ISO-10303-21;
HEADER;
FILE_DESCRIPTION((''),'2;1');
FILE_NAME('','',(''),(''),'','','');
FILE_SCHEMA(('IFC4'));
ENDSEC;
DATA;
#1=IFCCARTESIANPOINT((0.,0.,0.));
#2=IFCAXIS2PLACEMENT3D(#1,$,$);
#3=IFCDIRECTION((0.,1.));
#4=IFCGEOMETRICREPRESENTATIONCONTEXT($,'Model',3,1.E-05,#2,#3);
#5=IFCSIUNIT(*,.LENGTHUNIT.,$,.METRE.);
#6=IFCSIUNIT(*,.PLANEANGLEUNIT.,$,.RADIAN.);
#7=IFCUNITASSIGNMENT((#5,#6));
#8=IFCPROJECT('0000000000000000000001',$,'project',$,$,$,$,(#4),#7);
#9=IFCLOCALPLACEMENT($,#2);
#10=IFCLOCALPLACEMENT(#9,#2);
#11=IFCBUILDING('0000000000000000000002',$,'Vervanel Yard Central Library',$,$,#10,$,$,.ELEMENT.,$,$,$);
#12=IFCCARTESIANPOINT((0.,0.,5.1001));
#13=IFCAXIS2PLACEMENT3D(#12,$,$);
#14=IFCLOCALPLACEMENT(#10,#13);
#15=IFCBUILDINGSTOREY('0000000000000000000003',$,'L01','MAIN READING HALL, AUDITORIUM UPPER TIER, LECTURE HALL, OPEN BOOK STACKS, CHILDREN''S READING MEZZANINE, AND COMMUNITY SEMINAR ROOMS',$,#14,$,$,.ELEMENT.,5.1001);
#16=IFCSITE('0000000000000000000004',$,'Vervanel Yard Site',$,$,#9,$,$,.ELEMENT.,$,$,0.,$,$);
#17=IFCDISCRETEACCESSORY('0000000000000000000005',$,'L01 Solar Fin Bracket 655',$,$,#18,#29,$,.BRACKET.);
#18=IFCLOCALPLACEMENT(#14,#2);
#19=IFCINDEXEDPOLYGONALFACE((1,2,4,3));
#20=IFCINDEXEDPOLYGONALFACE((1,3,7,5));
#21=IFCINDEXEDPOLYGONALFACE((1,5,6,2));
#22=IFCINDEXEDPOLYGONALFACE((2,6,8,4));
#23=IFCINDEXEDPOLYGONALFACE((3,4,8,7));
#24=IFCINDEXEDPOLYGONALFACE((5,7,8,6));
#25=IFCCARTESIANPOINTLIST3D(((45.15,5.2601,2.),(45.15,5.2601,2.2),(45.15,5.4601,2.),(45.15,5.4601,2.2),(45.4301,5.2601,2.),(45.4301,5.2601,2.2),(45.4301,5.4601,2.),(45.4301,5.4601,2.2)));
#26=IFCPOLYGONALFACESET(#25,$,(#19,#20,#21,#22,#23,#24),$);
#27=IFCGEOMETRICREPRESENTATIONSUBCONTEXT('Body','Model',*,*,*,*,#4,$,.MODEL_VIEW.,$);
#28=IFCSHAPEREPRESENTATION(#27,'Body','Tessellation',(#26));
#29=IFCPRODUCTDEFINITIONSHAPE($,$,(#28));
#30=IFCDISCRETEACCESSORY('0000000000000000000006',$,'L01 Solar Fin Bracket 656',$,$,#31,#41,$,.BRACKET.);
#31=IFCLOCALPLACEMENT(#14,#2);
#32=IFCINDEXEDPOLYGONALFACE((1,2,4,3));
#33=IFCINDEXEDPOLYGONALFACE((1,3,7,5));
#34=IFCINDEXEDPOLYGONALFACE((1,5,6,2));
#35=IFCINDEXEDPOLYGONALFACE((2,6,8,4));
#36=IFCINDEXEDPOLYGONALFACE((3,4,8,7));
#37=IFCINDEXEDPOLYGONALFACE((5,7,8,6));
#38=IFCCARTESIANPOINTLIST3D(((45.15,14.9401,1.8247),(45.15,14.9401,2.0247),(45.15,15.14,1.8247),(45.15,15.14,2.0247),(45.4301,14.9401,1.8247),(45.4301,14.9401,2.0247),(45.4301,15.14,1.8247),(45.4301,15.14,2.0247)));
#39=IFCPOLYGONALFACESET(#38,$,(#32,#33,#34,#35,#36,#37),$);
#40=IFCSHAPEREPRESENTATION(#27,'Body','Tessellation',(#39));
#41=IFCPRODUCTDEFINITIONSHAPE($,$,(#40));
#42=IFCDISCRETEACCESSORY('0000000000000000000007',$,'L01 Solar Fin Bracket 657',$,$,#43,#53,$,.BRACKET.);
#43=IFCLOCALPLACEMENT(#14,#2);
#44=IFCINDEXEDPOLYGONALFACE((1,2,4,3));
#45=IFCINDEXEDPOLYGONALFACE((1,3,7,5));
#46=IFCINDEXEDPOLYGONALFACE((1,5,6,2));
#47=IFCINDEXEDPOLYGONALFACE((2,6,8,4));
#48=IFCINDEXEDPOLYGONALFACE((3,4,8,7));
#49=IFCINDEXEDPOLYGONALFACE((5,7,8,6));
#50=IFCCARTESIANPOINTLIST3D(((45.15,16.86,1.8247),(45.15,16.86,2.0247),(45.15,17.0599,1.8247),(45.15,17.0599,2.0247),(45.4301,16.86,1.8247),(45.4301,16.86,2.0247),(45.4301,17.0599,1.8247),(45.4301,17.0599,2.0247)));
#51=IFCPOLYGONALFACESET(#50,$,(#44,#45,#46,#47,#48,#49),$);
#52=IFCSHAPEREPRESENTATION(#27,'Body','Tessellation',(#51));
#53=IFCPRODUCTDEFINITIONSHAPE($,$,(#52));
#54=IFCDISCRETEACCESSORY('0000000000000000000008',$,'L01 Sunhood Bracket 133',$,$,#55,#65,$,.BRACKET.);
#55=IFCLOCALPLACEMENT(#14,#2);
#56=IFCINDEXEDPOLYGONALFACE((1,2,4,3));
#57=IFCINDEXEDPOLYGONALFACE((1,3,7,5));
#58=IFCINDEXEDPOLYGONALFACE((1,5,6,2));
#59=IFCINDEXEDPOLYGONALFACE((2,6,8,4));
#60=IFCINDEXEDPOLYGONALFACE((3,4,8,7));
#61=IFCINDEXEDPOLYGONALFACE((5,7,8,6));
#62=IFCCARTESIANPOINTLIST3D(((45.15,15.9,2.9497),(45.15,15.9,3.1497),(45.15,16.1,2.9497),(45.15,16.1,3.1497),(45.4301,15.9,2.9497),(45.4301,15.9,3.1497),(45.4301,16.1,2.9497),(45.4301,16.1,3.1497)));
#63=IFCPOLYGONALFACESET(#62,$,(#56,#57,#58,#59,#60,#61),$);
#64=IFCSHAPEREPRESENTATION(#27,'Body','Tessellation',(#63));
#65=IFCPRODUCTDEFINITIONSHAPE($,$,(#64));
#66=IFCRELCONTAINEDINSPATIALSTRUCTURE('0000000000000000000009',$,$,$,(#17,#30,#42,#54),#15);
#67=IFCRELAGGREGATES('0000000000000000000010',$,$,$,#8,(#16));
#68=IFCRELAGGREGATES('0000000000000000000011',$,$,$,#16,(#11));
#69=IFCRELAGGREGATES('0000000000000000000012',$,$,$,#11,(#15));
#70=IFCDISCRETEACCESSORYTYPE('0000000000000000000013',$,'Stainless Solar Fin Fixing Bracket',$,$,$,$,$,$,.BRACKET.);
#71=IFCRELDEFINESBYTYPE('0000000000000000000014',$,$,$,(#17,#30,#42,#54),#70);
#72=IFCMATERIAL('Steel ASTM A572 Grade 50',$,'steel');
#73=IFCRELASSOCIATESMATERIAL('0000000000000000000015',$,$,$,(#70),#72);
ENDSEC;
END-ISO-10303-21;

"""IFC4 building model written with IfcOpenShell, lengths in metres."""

from ifc_helpers import new_model, si_unit, direction, frame, origin, origin_2d, place, context, subcontext, project, spatial, rectangle, extrude, material, type_object, element, save


model = new_model("IFC4")

# Units and contexts
model_context = context("Model", 3, precision=1e-05, world=origin(), true_north=direction((0.0, 1.0)))
body_context = subcontext(model_context, "Body", "Model", "MODEL_VIEW")
ifc_project = project(units=[si_unit("LENGTHUNIT", "METRE"), si_unit("PLANEANGLEUNIT", "RADIAN")], contexts=[model_context])

# Site, building, storey
site_placement = place(None, origin())
site = spatial("IfcSite", under=ifc_project, at=site_placement, Name="Vervanel Yard Site", CompositionType="ELEMENT", RefElevation=0.0)
building_placement = place(site_placement, origin())
building = spatial("IfcBuilding", under=site, at=building_placement, Name="Vervanel Yard Central Library", CompositionType="ELEMENT")
storey_placement = place(building_placement, frame((0.0, 0.0, 5.1001)))
storey = spatial("IfcBuildingStorey", under=building, at=storey_placement, Name="L01", Description="MAIN READING HALL, AUDITORIUM UPPER TIER, LECTURE HALL, OPEN BOOK STACKS, CHILDREN'S READING MEZZANINE, AND COMMUNITY SEMINAR ROOMS", CompositionType="ELEMENT", Elevation=5.1001)

# Discrete accessories
ifc_material_1 = material(Name="Steel ASTM A572 Grade 50", Category="steel")
discrete_accessory_type = type_object("IfcDiscreteAccessoryType", Name="Stainless Solar Fin Fixing Bracket", PredefinedType="BRACKET", material=ifc_material_1)
for number, where, z_axis, x_axis, name in (
    (1, (45.29, 5.3601, 2.0), (0.0, 0.0, 1.0), (0.0, 1.0, 0.0), "L01 Solar Fin Bracket 655"),
    (2, (45.29, 15.04, 1.8247), (0.0, 0.0, 1.0), (0.0, 1.0, 0.0), "L01 Solar Fin Bracket 656"),
    (3, (45.29, 16.96, 1.8247), (0.0, 0.0, 1.0), (0.0, 1.0, 0.0), "L01 Solar Fin Bracket 657"),
    (4, (45.29, 16.0, 2.9497), (0.0, 0.0, 1.0), (0.0, 1.0, 0.0), "L01 Sunhood Bracket 133"),
):
    element("IfcDiscreteAccessory", number, at=place(storey_placement, frame(where, z_axis=z_axis, x_axis=x_axis)), inside=storey, type_object=discrete_accessory_type, Name=name, PredefinedType="BRACKET", context=body_context, shape_type="SweptSolid", body=[
        extrude(rectangle(XDim=0.2, YDim=0.28, at=origin_2d()), origin(), (0.0, 0.0, 1.0), 0.2),
    ])

save(model, "model.ifc")
